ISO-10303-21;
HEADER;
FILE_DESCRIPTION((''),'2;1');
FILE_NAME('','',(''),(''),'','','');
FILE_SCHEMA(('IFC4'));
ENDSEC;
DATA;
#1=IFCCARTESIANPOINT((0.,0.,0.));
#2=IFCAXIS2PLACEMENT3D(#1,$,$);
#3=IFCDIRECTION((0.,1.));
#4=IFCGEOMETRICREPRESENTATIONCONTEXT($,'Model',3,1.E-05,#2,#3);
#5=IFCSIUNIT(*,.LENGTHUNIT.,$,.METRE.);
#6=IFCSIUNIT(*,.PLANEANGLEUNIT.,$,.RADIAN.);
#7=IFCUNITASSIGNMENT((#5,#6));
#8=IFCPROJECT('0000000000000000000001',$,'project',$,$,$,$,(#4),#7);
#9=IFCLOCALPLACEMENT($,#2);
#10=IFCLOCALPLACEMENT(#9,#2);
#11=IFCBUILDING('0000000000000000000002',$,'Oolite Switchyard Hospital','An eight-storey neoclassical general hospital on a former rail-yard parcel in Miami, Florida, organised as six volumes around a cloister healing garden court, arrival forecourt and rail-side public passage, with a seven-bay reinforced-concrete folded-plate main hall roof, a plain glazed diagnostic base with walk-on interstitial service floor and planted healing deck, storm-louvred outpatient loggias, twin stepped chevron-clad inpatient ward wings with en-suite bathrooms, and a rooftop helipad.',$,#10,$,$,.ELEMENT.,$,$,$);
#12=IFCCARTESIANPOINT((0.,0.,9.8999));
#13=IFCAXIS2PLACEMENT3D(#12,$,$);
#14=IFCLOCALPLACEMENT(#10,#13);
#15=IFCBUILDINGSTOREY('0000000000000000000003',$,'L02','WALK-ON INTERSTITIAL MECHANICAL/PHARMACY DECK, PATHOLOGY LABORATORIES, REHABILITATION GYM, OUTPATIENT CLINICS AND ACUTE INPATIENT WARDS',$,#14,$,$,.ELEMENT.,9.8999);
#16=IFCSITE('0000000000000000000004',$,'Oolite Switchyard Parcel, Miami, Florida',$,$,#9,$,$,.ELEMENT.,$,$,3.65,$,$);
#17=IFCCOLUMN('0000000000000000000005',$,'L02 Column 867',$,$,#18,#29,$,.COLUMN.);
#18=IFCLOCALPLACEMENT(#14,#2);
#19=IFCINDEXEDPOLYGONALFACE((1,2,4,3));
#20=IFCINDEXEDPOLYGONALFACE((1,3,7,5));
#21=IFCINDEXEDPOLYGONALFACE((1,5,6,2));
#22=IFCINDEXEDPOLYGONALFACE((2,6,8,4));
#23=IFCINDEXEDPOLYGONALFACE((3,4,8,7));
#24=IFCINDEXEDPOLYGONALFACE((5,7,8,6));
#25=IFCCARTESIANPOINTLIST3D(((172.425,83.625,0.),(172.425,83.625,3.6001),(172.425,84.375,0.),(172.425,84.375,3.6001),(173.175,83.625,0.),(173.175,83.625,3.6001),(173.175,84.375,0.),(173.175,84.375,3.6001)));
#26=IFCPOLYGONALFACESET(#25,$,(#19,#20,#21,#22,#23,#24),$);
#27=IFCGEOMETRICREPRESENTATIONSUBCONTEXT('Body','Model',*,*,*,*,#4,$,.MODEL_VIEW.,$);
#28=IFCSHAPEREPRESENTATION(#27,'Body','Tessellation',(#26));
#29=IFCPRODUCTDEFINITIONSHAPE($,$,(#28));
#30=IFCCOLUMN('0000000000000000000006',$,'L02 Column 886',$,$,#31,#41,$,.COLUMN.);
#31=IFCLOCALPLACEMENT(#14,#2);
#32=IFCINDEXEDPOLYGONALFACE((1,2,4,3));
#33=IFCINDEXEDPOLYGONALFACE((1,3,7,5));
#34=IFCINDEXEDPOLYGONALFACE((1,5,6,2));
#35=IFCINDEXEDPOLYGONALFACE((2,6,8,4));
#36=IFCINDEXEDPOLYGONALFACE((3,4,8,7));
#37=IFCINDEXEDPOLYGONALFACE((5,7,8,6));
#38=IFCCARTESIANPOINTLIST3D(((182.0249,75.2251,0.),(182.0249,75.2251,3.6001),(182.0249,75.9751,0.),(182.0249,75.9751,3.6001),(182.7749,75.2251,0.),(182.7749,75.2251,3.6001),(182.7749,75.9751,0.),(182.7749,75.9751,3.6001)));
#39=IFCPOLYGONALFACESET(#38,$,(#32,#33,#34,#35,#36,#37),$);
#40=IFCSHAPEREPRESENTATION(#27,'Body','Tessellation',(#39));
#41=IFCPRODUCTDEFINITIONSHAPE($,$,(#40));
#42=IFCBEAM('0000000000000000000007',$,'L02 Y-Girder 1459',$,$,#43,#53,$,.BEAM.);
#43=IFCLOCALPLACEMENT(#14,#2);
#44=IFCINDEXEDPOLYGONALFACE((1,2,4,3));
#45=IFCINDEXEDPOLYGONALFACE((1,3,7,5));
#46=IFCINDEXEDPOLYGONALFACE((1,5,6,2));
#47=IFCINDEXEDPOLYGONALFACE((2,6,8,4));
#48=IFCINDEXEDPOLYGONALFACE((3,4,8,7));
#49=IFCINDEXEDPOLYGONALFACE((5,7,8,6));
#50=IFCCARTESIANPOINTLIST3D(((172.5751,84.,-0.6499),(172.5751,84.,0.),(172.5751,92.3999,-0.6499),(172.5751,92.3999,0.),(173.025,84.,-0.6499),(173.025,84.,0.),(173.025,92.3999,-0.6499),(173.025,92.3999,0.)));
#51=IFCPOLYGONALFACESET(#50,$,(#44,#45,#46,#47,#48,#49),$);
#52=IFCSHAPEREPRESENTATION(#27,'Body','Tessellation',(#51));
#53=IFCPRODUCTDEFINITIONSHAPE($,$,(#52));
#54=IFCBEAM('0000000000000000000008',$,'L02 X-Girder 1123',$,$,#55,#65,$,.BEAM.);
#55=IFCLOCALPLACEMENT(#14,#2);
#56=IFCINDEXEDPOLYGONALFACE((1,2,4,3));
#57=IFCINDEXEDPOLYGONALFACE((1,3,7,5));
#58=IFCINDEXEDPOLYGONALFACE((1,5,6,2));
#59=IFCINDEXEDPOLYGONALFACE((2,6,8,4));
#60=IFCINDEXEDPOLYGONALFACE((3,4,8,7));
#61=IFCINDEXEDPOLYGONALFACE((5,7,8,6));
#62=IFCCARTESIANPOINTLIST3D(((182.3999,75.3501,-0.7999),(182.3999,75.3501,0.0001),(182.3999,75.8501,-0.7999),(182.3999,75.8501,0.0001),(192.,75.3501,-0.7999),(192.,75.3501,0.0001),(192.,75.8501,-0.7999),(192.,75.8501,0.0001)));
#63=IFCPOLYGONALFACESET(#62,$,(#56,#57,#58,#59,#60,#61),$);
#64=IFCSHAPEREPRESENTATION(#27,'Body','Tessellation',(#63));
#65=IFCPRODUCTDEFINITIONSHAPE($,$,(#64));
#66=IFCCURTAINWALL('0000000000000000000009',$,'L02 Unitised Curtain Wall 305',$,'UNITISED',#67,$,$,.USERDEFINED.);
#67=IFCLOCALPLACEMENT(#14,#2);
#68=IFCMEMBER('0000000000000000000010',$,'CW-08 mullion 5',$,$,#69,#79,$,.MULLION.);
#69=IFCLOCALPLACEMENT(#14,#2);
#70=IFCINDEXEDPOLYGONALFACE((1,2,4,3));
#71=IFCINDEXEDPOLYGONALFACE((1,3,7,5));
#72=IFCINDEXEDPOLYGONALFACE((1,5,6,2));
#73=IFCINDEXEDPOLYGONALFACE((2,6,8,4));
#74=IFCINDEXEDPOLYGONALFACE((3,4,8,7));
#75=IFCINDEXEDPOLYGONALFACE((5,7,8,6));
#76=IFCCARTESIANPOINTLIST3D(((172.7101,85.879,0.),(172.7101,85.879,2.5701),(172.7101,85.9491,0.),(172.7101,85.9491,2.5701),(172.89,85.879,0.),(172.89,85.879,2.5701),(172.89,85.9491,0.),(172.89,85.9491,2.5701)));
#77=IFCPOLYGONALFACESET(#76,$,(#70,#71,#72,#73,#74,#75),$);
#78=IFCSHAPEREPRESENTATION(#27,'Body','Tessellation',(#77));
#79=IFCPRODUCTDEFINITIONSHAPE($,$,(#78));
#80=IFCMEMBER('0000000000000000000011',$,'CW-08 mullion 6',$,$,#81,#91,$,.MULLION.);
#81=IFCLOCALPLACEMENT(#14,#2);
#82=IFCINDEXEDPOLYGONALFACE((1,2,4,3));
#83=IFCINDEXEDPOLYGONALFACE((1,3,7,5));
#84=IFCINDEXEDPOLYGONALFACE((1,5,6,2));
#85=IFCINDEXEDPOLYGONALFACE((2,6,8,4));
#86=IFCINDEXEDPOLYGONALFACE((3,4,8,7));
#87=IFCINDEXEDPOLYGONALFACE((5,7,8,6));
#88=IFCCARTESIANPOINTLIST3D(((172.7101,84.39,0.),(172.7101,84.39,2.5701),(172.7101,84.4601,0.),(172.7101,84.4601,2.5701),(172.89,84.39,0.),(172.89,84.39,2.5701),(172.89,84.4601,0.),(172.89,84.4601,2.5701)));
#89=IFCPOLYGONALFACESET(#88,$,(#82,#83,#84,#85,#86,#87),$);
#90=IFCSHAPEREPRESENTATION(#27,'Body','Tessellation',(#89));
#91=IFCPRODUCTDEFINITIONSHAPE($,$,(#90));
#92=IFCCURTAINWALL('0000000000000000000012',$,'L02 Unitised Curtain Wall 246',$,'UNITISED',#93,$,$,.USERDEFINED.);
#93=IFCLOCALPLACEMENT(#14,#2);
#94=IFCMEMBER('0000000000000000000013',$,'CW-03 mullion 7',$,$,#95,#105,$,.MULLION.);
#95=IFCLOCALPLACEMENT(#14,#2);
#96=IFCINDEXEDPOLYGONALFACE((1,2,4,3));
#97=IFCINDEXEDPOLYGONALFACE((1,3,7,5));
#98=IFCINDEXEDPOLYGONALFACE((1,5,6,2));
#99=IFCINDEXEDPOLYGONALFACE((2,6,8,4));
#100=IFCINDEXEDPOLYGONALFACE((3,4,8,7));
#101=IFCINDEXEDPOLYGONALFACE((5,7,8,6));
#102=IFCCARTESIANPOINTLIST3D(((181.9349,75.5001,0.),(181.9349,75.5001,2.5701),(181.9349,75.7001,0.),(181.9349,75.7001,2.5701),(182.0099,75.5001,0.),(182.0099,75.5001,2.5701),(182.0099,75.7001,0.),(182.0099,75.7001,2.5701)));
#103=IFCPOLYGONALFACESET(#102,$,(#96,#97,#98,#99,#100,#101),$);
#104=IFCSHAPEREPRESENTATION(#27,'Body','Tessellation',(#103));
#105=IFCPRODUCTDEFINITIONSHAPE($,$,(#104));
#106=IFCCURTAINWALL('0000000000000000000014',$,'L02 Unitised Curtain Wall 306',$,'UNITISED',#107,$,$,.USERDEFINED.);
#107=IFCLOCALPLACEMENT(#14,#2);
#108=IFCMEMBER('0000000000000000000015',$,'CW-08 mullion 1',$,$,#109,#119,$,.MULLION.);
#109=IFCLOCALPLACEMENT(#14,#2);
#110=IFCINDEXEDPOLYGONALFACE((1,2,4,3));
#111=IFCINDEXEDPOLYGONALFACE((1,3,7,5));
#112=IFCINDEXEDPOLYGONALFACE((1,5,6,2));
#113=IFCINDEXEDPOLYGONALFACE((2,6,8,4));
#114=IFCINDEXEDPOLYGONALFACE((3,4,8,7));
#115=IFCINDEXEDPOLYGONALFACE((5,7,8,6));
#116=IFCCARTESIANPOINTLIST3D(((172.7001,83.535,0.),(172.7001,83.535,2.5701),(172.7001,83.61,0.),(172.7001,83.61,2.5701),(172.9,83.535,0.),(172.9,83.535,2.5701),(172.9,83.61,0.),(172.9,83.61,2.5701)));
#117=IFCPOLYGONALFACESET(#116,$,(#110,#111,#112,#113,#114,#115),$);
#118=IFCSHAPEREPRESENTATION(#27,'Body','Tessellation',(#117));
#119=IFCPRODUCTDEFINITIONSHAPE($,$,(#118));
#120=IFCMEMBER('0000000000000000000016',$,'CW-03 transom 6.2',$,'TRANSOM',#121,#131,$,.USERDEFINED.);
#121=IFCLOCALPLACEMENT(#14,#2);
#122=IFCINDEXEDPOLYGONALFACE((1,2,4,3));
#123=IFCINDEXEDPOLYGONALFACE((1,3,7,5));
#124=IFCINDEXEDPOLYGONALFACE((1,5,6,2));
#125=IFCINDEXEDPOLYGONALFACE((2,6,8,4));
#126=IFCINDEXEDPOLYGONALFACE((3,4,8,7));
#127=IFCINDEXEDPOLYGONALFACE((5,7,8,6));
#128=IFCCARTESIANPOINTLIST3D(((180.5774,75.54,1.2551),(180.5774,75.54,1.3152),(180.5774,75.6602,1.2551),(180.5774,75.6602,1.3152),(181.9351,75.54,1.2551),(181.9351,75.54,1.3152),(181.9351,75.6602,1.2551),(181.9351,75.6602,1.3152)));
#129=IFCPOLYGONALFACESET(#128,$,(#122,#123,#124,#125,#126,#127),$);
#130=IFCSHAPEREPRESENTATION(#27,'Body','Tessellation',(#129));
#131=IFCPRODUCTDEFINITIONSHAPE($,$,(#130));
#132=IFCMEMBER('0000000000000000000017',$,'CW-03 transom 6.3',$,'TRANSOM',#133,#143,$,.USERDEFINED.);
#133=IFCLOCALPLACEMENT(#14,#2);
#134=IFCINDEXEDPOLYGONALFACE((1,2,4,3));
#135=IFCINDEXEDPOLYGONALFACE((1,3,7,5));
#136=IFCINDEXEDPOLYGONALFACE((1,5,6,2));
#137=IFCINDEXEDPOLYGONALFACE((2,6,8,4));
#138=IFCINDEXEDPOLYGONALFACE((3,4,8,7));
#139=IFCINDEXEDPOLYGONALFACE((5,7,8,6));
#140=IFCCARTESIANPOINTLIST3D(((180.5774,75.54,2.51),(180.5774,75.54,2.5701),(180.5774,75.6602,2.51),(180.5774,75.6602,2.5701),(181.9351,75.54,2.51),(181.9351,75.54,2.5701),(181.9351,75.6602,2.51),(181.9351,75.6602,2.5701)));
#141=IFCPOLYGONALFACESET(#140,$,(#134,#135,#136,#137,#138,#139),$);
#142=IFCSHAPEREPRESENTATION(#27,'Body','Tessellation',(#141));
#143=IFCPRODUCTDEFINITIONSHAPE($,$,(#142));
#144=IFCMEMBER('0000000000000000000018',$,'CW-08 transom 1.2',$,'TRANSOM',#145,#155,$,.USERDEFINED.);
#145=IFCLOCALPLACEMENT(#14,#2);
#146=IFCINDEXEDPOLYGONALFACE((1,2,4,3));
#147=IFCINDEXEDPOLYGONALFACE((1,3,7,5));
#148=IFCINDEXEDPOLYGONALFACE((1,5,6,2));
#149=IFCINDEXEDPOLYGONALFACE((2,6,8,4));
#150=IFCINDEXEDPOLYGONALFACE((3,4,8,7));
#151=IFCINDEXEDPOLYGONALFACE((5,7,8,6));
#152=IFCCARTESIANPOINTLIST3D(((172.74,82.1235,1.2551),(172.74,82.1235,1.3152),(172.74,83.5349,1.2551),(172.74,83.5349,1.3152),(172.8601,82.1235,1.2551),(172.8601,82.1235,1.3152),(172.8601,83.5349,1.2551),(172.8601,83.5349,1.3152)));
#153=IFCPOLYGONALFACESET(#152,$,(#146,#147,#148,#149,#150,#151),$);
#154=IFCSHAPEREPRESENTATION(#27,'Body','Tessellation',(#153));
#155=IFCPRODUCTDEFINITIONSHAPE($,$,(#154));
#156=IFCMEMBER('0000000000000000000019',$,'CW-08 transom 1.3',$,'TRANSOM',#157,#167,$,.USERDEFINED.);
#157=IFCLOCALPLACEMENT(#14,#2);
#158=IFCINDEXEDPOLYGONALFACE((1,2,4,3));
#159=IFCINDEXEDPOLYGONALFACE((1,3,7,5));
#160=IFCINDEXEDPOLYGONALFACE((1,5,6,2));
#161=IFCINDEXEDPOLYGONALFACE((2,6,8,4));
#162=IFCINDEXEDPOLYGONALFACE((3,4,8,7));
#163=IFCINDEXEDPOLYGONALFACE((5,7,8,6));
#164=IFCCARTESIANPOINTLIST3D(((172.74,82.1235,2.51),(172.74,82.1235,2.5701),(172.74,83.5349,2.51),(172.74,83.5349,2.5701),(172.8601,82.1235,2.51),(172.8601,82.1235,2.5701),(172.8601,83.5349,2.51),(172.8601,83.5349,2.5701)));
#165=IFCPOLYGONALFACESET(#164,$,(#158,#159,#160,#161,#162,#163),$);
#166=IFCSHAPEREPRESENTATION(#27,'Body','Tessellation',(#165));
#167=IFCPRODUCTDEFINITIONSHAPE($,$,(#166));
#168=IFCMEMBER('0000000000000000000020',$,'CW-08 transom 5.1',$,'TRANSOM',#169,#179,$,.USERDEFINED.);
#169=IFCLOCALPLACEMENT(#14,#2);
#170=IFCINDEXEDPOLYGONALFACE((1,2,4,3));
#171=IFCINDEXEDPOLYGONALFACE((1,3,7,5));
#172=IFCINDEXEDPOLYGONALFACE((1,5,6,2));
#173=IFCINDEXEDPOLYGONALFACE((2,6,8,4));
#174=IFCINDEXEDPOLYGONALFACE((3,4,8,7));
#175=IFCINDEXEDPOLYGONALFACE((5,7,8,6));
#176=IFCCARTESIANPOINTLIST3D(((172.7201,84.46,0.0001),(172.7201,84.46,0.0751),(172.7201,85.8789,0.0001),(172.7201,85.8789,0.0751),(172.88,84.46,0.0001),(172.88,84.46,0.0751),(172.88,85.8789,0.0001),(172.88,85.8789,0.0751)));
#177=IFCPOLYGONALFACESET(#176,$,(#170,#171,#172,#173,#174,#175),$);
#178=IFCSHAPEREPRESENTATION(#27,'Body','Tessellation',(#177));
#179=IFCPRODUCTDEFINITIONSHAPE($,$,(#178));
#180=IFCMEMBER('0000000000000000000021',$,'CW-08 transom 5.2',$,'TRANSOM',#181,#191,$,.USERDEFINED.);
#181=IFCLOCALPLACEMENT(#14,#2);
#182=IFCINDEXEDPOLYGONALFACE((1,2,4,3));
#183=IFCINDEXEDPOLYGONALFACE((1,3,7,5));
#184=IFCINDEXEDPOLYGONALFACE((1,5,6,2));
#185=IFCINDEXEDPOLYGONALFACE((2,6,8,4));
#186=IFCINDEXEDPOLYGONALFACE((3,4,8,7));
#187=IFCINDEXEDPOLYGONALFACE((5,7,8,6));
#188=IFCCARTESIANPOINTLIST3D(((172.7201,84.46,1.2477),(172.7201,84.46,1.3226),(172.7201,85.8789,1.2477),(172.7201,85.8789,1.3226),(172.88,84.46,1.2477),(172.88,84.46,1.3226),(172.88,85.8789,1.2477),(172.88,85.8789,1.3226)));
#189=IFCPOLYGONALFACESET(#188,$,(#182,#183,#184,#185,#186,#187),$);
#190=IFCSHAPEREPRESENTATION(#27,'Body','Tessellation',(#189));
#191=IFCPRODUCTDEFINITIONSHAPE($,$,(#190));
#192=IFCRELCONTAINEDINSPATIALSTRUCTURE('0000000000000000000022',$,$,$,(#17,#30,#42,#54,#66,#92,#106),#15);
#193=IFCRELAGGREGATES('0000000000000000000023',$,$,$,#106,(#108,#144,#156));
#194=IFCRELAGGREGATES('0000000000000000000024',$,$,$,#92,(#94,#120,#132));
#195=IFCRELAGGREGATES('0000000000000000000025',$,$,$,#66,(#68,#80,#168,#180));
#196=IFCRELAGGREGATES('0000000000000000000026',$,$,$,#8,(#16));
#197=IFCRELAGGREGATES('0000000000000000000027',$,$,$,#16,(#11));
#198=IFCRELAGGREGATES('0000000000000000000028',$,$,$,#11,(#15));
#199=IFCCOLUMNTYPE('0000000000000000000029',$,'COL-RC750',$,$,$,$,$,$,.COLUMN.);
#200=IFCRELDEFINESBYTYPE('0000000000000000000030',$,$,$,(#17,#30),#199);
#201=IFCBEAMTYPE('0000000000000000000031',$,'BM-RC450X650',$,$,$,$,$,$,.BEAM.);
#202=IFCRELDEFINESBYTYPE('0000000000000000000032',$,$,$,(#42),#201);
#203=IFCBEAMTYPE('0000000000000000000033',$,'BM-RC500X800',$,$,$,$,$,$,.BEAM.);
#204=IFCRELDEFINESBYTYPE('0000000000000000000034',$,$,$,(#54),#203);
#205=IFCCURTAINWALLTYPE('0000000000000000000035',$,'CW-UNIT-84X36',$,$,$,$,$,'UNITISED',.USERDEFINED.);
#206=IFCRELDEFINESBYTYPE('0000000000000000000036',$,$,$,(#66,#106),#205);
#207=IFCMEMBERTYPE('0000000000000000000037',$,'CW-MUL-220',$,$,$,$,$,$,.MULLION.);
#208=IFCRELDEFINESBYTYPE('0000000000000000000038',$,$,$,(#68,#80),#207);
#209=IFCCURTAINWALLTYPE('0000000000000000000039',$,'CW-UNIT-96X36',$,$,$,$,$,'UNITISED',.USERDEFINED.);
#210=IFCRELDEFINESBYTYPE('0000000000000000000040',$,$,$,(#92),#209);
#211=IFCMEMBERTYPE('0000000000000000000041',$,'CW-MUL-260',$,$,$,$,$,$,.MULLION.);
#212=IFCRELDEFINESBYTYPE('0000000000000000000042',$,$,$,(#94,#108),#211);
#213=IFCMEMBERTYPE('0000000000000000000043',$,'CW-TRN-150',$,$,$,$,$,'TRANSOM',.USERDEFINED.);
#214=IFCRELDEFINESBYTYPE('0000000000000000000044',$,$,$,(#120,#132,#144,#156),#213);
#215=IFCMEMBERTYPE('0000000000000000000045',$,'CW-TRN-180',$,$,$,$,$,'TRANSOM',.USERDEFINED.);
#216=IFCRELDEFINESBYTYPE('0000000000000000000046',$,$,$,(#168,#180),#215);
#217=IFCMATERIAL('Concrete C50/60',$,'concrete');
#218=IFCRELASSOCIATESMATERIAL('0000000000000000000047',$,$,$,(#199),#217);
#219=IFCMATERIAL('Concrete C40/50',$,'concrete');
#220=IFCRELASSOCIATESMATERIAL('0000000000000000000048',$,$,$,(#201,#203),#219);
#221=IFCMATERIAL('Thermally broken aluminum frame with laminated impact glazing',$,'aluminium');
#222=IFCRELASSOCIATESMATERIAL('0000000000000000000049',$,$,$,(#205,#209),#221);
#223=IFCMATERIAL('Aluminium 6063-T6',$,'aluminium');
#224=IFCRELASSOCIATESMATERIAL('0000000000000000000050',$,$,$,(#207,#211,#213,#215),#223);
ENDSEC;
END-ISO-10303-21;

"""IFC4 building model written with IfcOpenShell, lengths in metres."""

from ifc_helpers import new_model, si_unit, direction, frame, origin, origin_2d, place, context, subcontext, project, spatial, rectangle, extrude, material, material_profile, profile_set, type_object, element, aggregate, save


model = new_model("IFC4")

# Units and contexts
model_context = context("Model", 3, precision=1e-05, world=origin(), true_north=direction((0.0, 1.0)))
body_context = subcontext(model_context, "Body", "Model", "MODEL_VIEW")
ifc_project = project(units=[si_unit("LENGTHUNIT", "METRE"), si_unit("PLANEANGLEUNIT", "RADIAN")], contexts=[model_context])

# Site, building, storey
site_placement = place(None, origin())
site = spatial("IfcSite", under=ifc_project, at=site_placement, Name="Oolite Switchyard Parcel, Miami, Florida", CompositionType="ELEMENT", RefElevation=3.65)
building_placement = place(site_placement, origin())
building = spatial("IfcBuilding", under=site, at=building_placement, Name="Oolite Switchyard Hospital", Description="An eight-storey neoclassical general hospital on a former rail-yard parcel in Miami, Florida, organised as six volumes around a cloister healing garden court, arrival forecourt and rail-side public passage, with a seven-bay reinforced-concrete folded-plate main hall roof, a plain glazed diagnostic base with walk-on interstitial service floor and planted healing deck, storm-louvred outpatient loggias, twin stepped chevron-clad inpatient ward wings with en-suite bathrooms, and a rooftop helipad.", CompositionType="ELEMENT")
storey_placement = place(building_placement, frame((0.0, 0.0, 9.8999)))
storey = spatial("IfcBuildingStorey", under=building, at=storey_placement, Name="L02", Description="WALK-ON INTERSTITIAL MECHANICAL/PHARMACY DECK, PATHOLOGY LABORATORIES, REHABILITATION GYM, OUTPATIENT CLINICS AND ACUTE INPATIENT WARDS", CompositionType="ELEMENT", Elevation=9.8999)

# Columns
ifc_material_1 = material(Name="Concrete C50/60", Category="concrete")
ifc_material_profile_1 = material_profile(ifc_material_1, rectangle(XDim=0.75, YDim=0.75, at=origin_2d()), Name="RC750X750")
ifc_profile_set_1 = profile_set([ifc_material_profile_1], Name="Concrete C50/60")
column_type = type_object("IfcColumnType", Name="COL-RC750", PredefinedType="COLUMN", material=ifc_profile_set_1)
for number, where, z_axis, x_axis, name in (
    (1, (172.8, 84.0, 0.0), (0.0, 0.0, 1.0), (1.0, 0.0, 0.0), "L02 Column 867"),
    (2, (182.3999, 75.6001, 0.0), (0.0, 0.0, 1.0), (1.0, 0.0, 0.0), "L02 Column 886"),
):
    element("IfcColumn", number, at=place(storey_placement, frame(where, z_axis=z_axis, x_axis=x_axis)), inside=storey, type_object=column_type, Name=name, PredefinedType="COLUMN", context=body_context, shape_type="SweptSolid", body=[
        extrude(rectangle(XDim=0.75, YDim=0.75, at=origin_2d()), origin(), (0.0, 0.0, 1.0), 3.6001),
    ])

# Beams
ifc_material_2 = material(Name="Concrete C40/50", Category="concrete")
ifc_material_profile_2 = material_profile(ifc_material_2, rectangle(XDim=0.45, YDim=0.6499, at=origin_2d()), Name="RCB450X650")
ifc_profile_set_2 = profile_set([ifc_material_profile_2], Name="Concrete C40/50")
beam_type_1 = type_object("IfcBeamType", Name="BM-RC450X650", PredefinedType="BEAM", material=ifc_profile_set_2)
beam_1_placement = place(storey_placement, frame((172.8, 84.0, -0.325), z_axis=(0.0, 1.0, 0.0), x_axis=(-1.0, 0.0, 0.0)))
element("IfcBeam", 3, at=beam_1_placement, inside=storey, type_object=beam_type_1, Name="L02 Y-Girder 1459", PredefinedType="BEAM", context=body_context, shape_type="SweptSolid", body=[
    extrude(rectangle(XDim=0.45, YDim=0.6499, at=origin_2d()), origin(), (0.0, 0.0, 1.0), 8.3999),
])
ifc_material_profile_3 = material_profile(ifc_material_2, rectangle(XDim=0.5, YDim=0.8, at=origin_2d()), Name="RCB500X800")
ifc_profile_set_3 = profile_set([ifc_material_profile_3], Name="Concrete C40/50")
beam_type_2 = type_object("IfcBeamType", Name="BM-RC500X800", PredefinedType="BEAM", material=ifc_profile_set_3)
beam_2_placement = place(storey_placement, frame((182.3999, 75.6001, -0.3999), z_axis=(1.0, 0.0, 0.0), x_axis=(0.0, 1.0, 0.0)))
element("IfcBeam", 4, at=beam_2_placement, inside=storey, type_object=beam_type_2, Name="L02 X-Girder 1123", PredefinedType="BEAM", context=body_context, shape_type="SweptSolid", body=[
    extrude(rectangle(XDim=0.5, YDim=0.8, at=origin_2d()), origin(), (0.0, 0.0, 1.0), 9.6001),
])

# Curtain wall, members
ifc_material_3 = material(Name="Thermally broken aluminum frame with laminated impact glazing", Category="aluminium")
curtain_wall_type_1 = type_object("IfcCurtainWallType", Name="CW-UNIT-84X36", ElementType="UNITISED", PredefinedType="USERDEFINED", material=ifc_material_3)
curtain_wall_1_placement = place(storey_placement, origin())
curtain_wall_1 = element("IfcCurtainWall", 5, at=curtain_wall_1_placement, inside=storey, type_object=curtain_wall_type_1, Name="L02 Unitised Curtain Wall 305", ObjectType="UNITISED", PredefinedType="USERDEFINED")
ifc_material_4 = material(Name="Aluminium 6063-T6", Category="aluminium")
ifc_material_profile_4 = material_profile(ifc_material_4, rectangle(XDim=0.1799, YDim=0.0701, at=origin_2d()), Name="CWM70X180")
ifc_profile_set_4 = profile_set([ifc_material_profile_4], Name="Aluminium 6063-T6")
member_type_1 = type_object("IfcMemberType", Name="CW-MUL-220", PredefinedType="MULLION", material=ifc_profile_set_4)
member_1_placement = place(storey_placement, frame((172.8, 85.9141, 0.0), z_axis=(0.0, 0.0, 1.0), x_axis=(1.0, 0.0, 0.0)))
member_1 = element("IfcMember", 6, at=member_1_placement, type_object=member_type_1, Name="CW-08 mullion 5", PredefinedType="MULLION", context=body_context, shape_type="SweptSolid", body=[
    extrude(rectangle(XDim=0.1799, YDim=0.0701, at=origin_2d()), origin(), (0.0, 0.0, 1.0), 2.5701),
])
member_2_placement = place(storey_placement, frame((172.8, 84.425, 0.0), z_axis=(0.0, 0.0, 1.0), x_axis=(1.0, 0.0, 0.0)))
member_2 = element("IfcMember", 7, at=member_2_placement, type_object=member_type_1, Name="CW-08 mullion 6", PredefinedType="MULLION", context=body_context, shape_type="SweptSolid", body=[
    extrude(rectangle(XDim=0.1799, YDim=0.0701, at=origin_2d()), origin(), (0.0, 0.0, 1.0), 2.5701),
])

# Curtain walls, members
curtain_wall_type_2 = type_object("IfcCurtainWallType", Name="CW-UNIT-96X36", ElementType="UNITISED", PredefinedType="USERDEFINED", material=ifc_material_3)
curtain_wall_2_placement = place(storey_placement, origin())
curtain_wall_2 = element("IfcCurtainWall", 8, at=curtain_wall_2_placement, inside=storey, type_object=curtain_wall_type_2, Name="L02 Unitised Curtain Wall 246", ObjectType="UNITISED", PredefinedType="USERDEFINED")
ifc_material_profile_5 = material_profile(ifc_material_4, rectangle(XDim=0.2, YDim=0.075, at=origin_2d()), Name="CWM75X200")
ifc_profile_set_5 = profile_set([ifc_material_profile_5], Name="Aluminium 6063-T6")
member_type_2 = type_object("IfcMemberType", Name="CW-MUL-260", PredefinedType="MULLION", material=ifc_profile_set_5)
member_3_placement = place(storey_placement, frame((181.9724, 75.6001, 0.0), z_axis=(0.0, 0.0, 1.0), x_axis=(0.0, 1.0, 0.0)))
member_3 = element("IfcMember", 9, at=member_3_placement, type_object=member_type_2, Name="CW-03 mullion 7", PredefinedType="MULLION", context=body_context, shape_type="SweptSolid", body=[
    extrude(rectangle(XDim=0.2, YDim=0.075, at=origin_2d()), origin(), (0.0, 0.0, 1.0), 2.5701),
])
curtain_wall_3_placement = place(storey_placement, origin())
curtain_wall_3 = element("IfcCurtainWall", 10, at=curtain_wall_3_placement, inside=storey, type_object=curtain_wall_type_1, Name="L02 Unitised Curtain Wall 306", ObjectType="UNITISED", PredefinedType="USERDEFINED")
member_4_placement = place(storey_placement, frame((172.8, 83.5725, 0.0), z_axis=(0.0, 0.0, 1.0), x_axis=(1.0, 0.0, 0.0)))
member_4 = element("IfcMember", 11, at=member_4_placement, type_object=member_type_2, Name="CW-08 mullion 1", PredefinedType="MULLION", context=body_context, shape_type="SweptSolid", body=[
    extrude(rectangle(XDim=0.2, YDim=0.075, at=origin_2d()), origin(), (0.0, 0.0, 1.0), 2.5701),
])

# Members
ifc_material_profile_6 = material_profile(ifc_material_4, rectangle(XDim=0.1201, YDim=0.0601, at=origin_2d()), Name="CWT60X120")
ifc_profile_set_6 = profile_set([ifc_material_profile_6], Name="Aluminium 6063-T6")
member_type_3 = type_object("IfcMemberType", Name="CW-TRN-150", ElementType="TRANSOM", PredefinedType="USERDEFINED", material=ifc_profile_set_6)
member_5_placement = place(storey_placement, frame((180.5774, 75.6001, 1.2852), z_axis=(1.0, 0.0, 0.0), x_axis=(0.0, 1.0, 0.0)))
member_5 = element("IfcMember", 12, at=member_5_placement, type_object=member_type_3, Name="CW-03 transom 6.2", ObjectType="TRANSOM", PredefinedType="USERDEFINED", context=body_context, shape_type="SweptSolid", body=[
    extrude(rectangle(XDim=0.1201, YDim=0.0601, at=origin_2d()), origin(), (0.0, 0.0, 1.0), 1.3577),
])
member_6_placement = place(storey_placement, frame((180.5774, 75.6001, 2.54), z_axis=(1.0, 0.0, 0.0), x_axis=(0.0, 1.0, 0.0)))
member_6 = element("IfcMember", 13, at=member_6_placement, type_object=member_type_3, Name="CW-03 transom 6.3", ObjectType="TRANSOM", PredefinedType="USERDEFINED", context=body_context, shape_type="SweptSolid", body=[
    extrude(rectangle(XDim=0.1201, YDim=0.0601, at=origin_2d()), origin(), (0.0, 0.0, 1.0), 1.3577),
])
member_7_placement = place(storey_placement, frame((172.8, 83.5349, 1.2852), z_axis=(0.0, -1.0, 0.0), x_axis=(1.0, 0.0, 0.0)))
member_7 = element("IfcMember", 14, at=member_7_placement, type_object=member_type_3, Name="CW-08 transom 1.2", ObjectType="TRANSOM", PredefinedType="USERDEFINED", context=body_context, shape_type="SweptSolid", body=[
    extrude(rectangle(XDim=0.1201, YDim=0.0601, at=origin_2d()), origin(), (0.0, 0.0, 1.0), 1.4114),
])
member_8_placement = place(storey_placement, frame((172.8, 83.5349, 2.54), z_axis=(0.0, -1.0, 0.0), x_axis=(1.0, 0.0, 0.0)))
member_8 = element("IfcMember", 15, at=member_8_placement, type_object=member_type_3, Name="CW-08 transom 1.3", ObjectType="TRANSOM", PredefinedType="USERDEFINED", context=body_context, shape_type="SweptSolid", body=[
    extrude(rectangle(XDim=0.1201, YDim=0.0601, at=origin_2d()), origin(), (0.0, 0.0, 1.0), 1.4114),
])
aggregate(curtain_wall_3, [member_4, member_7, member_8])
ifc_material_profile_7 = material_profile(ifc_material_4, rectangle(XDim=0.1599, YDim=0.075, at=origin_2d()), Name="CWT75X160")
ifc_profile_set_7 = profile_set([ifc_material_profile_7], Name="Aluminium 6063-T6")
member_type_4 = type_object("IfcMemberType", Name="CW-TRN-180", ElementType="TRANSOM", PredefinedType="USERDEFINED", material=ifc_profile_set_7)
member_9_placement = place(storey_placement, frame((172.8, 85.8789, 0.0376), z_axis=(0.0, -1.0, 0.0), x_axis=(1.0, 0.0, 0.0)))
member_9 = element("IfcMember", 16, at=member_9_placement, type_object=member_type_4, Name="CW-08 transom 5.1", ObjectType="TRANSOM", PredefinedType="USERDEFINED", context=body_context, shape_type="SweptSolid", body=[
    extrude(rectangle(XDim=0.1599, YDim=0.075, at=origin_2d()), origin(), (0.0, 0.0, 1.0), 1.4189),
])
member_10_placement = place(storey_placement, frame((172.8, 85.8789, 1.2852), z_axis=(0.0, -1.0, 0.0), x_axis=(1.0, 0.0, 0.0)))
member_10 = element("IfcMember", 17, at=member_10_placement, type_object=member_type_4, Name="CW-08 transom 5.2", ObjectType="TRANSOM", PredefinedType="USERDEFINED", context=body_context, shape_type="SweptSolid", body=[
    extrude(rectangle(XDim=0.1599, YDim=0.075, at=origin_2d()), origin(), (0.0, 0.0, 1.0), 1.4189),
])

aggregate(curtain_wall_2, [member_3, member_5, member_6])
aggregate(curtain_wall_1, [member_1, member_2, member_9, member_10])

save(model, "model.ifc")
